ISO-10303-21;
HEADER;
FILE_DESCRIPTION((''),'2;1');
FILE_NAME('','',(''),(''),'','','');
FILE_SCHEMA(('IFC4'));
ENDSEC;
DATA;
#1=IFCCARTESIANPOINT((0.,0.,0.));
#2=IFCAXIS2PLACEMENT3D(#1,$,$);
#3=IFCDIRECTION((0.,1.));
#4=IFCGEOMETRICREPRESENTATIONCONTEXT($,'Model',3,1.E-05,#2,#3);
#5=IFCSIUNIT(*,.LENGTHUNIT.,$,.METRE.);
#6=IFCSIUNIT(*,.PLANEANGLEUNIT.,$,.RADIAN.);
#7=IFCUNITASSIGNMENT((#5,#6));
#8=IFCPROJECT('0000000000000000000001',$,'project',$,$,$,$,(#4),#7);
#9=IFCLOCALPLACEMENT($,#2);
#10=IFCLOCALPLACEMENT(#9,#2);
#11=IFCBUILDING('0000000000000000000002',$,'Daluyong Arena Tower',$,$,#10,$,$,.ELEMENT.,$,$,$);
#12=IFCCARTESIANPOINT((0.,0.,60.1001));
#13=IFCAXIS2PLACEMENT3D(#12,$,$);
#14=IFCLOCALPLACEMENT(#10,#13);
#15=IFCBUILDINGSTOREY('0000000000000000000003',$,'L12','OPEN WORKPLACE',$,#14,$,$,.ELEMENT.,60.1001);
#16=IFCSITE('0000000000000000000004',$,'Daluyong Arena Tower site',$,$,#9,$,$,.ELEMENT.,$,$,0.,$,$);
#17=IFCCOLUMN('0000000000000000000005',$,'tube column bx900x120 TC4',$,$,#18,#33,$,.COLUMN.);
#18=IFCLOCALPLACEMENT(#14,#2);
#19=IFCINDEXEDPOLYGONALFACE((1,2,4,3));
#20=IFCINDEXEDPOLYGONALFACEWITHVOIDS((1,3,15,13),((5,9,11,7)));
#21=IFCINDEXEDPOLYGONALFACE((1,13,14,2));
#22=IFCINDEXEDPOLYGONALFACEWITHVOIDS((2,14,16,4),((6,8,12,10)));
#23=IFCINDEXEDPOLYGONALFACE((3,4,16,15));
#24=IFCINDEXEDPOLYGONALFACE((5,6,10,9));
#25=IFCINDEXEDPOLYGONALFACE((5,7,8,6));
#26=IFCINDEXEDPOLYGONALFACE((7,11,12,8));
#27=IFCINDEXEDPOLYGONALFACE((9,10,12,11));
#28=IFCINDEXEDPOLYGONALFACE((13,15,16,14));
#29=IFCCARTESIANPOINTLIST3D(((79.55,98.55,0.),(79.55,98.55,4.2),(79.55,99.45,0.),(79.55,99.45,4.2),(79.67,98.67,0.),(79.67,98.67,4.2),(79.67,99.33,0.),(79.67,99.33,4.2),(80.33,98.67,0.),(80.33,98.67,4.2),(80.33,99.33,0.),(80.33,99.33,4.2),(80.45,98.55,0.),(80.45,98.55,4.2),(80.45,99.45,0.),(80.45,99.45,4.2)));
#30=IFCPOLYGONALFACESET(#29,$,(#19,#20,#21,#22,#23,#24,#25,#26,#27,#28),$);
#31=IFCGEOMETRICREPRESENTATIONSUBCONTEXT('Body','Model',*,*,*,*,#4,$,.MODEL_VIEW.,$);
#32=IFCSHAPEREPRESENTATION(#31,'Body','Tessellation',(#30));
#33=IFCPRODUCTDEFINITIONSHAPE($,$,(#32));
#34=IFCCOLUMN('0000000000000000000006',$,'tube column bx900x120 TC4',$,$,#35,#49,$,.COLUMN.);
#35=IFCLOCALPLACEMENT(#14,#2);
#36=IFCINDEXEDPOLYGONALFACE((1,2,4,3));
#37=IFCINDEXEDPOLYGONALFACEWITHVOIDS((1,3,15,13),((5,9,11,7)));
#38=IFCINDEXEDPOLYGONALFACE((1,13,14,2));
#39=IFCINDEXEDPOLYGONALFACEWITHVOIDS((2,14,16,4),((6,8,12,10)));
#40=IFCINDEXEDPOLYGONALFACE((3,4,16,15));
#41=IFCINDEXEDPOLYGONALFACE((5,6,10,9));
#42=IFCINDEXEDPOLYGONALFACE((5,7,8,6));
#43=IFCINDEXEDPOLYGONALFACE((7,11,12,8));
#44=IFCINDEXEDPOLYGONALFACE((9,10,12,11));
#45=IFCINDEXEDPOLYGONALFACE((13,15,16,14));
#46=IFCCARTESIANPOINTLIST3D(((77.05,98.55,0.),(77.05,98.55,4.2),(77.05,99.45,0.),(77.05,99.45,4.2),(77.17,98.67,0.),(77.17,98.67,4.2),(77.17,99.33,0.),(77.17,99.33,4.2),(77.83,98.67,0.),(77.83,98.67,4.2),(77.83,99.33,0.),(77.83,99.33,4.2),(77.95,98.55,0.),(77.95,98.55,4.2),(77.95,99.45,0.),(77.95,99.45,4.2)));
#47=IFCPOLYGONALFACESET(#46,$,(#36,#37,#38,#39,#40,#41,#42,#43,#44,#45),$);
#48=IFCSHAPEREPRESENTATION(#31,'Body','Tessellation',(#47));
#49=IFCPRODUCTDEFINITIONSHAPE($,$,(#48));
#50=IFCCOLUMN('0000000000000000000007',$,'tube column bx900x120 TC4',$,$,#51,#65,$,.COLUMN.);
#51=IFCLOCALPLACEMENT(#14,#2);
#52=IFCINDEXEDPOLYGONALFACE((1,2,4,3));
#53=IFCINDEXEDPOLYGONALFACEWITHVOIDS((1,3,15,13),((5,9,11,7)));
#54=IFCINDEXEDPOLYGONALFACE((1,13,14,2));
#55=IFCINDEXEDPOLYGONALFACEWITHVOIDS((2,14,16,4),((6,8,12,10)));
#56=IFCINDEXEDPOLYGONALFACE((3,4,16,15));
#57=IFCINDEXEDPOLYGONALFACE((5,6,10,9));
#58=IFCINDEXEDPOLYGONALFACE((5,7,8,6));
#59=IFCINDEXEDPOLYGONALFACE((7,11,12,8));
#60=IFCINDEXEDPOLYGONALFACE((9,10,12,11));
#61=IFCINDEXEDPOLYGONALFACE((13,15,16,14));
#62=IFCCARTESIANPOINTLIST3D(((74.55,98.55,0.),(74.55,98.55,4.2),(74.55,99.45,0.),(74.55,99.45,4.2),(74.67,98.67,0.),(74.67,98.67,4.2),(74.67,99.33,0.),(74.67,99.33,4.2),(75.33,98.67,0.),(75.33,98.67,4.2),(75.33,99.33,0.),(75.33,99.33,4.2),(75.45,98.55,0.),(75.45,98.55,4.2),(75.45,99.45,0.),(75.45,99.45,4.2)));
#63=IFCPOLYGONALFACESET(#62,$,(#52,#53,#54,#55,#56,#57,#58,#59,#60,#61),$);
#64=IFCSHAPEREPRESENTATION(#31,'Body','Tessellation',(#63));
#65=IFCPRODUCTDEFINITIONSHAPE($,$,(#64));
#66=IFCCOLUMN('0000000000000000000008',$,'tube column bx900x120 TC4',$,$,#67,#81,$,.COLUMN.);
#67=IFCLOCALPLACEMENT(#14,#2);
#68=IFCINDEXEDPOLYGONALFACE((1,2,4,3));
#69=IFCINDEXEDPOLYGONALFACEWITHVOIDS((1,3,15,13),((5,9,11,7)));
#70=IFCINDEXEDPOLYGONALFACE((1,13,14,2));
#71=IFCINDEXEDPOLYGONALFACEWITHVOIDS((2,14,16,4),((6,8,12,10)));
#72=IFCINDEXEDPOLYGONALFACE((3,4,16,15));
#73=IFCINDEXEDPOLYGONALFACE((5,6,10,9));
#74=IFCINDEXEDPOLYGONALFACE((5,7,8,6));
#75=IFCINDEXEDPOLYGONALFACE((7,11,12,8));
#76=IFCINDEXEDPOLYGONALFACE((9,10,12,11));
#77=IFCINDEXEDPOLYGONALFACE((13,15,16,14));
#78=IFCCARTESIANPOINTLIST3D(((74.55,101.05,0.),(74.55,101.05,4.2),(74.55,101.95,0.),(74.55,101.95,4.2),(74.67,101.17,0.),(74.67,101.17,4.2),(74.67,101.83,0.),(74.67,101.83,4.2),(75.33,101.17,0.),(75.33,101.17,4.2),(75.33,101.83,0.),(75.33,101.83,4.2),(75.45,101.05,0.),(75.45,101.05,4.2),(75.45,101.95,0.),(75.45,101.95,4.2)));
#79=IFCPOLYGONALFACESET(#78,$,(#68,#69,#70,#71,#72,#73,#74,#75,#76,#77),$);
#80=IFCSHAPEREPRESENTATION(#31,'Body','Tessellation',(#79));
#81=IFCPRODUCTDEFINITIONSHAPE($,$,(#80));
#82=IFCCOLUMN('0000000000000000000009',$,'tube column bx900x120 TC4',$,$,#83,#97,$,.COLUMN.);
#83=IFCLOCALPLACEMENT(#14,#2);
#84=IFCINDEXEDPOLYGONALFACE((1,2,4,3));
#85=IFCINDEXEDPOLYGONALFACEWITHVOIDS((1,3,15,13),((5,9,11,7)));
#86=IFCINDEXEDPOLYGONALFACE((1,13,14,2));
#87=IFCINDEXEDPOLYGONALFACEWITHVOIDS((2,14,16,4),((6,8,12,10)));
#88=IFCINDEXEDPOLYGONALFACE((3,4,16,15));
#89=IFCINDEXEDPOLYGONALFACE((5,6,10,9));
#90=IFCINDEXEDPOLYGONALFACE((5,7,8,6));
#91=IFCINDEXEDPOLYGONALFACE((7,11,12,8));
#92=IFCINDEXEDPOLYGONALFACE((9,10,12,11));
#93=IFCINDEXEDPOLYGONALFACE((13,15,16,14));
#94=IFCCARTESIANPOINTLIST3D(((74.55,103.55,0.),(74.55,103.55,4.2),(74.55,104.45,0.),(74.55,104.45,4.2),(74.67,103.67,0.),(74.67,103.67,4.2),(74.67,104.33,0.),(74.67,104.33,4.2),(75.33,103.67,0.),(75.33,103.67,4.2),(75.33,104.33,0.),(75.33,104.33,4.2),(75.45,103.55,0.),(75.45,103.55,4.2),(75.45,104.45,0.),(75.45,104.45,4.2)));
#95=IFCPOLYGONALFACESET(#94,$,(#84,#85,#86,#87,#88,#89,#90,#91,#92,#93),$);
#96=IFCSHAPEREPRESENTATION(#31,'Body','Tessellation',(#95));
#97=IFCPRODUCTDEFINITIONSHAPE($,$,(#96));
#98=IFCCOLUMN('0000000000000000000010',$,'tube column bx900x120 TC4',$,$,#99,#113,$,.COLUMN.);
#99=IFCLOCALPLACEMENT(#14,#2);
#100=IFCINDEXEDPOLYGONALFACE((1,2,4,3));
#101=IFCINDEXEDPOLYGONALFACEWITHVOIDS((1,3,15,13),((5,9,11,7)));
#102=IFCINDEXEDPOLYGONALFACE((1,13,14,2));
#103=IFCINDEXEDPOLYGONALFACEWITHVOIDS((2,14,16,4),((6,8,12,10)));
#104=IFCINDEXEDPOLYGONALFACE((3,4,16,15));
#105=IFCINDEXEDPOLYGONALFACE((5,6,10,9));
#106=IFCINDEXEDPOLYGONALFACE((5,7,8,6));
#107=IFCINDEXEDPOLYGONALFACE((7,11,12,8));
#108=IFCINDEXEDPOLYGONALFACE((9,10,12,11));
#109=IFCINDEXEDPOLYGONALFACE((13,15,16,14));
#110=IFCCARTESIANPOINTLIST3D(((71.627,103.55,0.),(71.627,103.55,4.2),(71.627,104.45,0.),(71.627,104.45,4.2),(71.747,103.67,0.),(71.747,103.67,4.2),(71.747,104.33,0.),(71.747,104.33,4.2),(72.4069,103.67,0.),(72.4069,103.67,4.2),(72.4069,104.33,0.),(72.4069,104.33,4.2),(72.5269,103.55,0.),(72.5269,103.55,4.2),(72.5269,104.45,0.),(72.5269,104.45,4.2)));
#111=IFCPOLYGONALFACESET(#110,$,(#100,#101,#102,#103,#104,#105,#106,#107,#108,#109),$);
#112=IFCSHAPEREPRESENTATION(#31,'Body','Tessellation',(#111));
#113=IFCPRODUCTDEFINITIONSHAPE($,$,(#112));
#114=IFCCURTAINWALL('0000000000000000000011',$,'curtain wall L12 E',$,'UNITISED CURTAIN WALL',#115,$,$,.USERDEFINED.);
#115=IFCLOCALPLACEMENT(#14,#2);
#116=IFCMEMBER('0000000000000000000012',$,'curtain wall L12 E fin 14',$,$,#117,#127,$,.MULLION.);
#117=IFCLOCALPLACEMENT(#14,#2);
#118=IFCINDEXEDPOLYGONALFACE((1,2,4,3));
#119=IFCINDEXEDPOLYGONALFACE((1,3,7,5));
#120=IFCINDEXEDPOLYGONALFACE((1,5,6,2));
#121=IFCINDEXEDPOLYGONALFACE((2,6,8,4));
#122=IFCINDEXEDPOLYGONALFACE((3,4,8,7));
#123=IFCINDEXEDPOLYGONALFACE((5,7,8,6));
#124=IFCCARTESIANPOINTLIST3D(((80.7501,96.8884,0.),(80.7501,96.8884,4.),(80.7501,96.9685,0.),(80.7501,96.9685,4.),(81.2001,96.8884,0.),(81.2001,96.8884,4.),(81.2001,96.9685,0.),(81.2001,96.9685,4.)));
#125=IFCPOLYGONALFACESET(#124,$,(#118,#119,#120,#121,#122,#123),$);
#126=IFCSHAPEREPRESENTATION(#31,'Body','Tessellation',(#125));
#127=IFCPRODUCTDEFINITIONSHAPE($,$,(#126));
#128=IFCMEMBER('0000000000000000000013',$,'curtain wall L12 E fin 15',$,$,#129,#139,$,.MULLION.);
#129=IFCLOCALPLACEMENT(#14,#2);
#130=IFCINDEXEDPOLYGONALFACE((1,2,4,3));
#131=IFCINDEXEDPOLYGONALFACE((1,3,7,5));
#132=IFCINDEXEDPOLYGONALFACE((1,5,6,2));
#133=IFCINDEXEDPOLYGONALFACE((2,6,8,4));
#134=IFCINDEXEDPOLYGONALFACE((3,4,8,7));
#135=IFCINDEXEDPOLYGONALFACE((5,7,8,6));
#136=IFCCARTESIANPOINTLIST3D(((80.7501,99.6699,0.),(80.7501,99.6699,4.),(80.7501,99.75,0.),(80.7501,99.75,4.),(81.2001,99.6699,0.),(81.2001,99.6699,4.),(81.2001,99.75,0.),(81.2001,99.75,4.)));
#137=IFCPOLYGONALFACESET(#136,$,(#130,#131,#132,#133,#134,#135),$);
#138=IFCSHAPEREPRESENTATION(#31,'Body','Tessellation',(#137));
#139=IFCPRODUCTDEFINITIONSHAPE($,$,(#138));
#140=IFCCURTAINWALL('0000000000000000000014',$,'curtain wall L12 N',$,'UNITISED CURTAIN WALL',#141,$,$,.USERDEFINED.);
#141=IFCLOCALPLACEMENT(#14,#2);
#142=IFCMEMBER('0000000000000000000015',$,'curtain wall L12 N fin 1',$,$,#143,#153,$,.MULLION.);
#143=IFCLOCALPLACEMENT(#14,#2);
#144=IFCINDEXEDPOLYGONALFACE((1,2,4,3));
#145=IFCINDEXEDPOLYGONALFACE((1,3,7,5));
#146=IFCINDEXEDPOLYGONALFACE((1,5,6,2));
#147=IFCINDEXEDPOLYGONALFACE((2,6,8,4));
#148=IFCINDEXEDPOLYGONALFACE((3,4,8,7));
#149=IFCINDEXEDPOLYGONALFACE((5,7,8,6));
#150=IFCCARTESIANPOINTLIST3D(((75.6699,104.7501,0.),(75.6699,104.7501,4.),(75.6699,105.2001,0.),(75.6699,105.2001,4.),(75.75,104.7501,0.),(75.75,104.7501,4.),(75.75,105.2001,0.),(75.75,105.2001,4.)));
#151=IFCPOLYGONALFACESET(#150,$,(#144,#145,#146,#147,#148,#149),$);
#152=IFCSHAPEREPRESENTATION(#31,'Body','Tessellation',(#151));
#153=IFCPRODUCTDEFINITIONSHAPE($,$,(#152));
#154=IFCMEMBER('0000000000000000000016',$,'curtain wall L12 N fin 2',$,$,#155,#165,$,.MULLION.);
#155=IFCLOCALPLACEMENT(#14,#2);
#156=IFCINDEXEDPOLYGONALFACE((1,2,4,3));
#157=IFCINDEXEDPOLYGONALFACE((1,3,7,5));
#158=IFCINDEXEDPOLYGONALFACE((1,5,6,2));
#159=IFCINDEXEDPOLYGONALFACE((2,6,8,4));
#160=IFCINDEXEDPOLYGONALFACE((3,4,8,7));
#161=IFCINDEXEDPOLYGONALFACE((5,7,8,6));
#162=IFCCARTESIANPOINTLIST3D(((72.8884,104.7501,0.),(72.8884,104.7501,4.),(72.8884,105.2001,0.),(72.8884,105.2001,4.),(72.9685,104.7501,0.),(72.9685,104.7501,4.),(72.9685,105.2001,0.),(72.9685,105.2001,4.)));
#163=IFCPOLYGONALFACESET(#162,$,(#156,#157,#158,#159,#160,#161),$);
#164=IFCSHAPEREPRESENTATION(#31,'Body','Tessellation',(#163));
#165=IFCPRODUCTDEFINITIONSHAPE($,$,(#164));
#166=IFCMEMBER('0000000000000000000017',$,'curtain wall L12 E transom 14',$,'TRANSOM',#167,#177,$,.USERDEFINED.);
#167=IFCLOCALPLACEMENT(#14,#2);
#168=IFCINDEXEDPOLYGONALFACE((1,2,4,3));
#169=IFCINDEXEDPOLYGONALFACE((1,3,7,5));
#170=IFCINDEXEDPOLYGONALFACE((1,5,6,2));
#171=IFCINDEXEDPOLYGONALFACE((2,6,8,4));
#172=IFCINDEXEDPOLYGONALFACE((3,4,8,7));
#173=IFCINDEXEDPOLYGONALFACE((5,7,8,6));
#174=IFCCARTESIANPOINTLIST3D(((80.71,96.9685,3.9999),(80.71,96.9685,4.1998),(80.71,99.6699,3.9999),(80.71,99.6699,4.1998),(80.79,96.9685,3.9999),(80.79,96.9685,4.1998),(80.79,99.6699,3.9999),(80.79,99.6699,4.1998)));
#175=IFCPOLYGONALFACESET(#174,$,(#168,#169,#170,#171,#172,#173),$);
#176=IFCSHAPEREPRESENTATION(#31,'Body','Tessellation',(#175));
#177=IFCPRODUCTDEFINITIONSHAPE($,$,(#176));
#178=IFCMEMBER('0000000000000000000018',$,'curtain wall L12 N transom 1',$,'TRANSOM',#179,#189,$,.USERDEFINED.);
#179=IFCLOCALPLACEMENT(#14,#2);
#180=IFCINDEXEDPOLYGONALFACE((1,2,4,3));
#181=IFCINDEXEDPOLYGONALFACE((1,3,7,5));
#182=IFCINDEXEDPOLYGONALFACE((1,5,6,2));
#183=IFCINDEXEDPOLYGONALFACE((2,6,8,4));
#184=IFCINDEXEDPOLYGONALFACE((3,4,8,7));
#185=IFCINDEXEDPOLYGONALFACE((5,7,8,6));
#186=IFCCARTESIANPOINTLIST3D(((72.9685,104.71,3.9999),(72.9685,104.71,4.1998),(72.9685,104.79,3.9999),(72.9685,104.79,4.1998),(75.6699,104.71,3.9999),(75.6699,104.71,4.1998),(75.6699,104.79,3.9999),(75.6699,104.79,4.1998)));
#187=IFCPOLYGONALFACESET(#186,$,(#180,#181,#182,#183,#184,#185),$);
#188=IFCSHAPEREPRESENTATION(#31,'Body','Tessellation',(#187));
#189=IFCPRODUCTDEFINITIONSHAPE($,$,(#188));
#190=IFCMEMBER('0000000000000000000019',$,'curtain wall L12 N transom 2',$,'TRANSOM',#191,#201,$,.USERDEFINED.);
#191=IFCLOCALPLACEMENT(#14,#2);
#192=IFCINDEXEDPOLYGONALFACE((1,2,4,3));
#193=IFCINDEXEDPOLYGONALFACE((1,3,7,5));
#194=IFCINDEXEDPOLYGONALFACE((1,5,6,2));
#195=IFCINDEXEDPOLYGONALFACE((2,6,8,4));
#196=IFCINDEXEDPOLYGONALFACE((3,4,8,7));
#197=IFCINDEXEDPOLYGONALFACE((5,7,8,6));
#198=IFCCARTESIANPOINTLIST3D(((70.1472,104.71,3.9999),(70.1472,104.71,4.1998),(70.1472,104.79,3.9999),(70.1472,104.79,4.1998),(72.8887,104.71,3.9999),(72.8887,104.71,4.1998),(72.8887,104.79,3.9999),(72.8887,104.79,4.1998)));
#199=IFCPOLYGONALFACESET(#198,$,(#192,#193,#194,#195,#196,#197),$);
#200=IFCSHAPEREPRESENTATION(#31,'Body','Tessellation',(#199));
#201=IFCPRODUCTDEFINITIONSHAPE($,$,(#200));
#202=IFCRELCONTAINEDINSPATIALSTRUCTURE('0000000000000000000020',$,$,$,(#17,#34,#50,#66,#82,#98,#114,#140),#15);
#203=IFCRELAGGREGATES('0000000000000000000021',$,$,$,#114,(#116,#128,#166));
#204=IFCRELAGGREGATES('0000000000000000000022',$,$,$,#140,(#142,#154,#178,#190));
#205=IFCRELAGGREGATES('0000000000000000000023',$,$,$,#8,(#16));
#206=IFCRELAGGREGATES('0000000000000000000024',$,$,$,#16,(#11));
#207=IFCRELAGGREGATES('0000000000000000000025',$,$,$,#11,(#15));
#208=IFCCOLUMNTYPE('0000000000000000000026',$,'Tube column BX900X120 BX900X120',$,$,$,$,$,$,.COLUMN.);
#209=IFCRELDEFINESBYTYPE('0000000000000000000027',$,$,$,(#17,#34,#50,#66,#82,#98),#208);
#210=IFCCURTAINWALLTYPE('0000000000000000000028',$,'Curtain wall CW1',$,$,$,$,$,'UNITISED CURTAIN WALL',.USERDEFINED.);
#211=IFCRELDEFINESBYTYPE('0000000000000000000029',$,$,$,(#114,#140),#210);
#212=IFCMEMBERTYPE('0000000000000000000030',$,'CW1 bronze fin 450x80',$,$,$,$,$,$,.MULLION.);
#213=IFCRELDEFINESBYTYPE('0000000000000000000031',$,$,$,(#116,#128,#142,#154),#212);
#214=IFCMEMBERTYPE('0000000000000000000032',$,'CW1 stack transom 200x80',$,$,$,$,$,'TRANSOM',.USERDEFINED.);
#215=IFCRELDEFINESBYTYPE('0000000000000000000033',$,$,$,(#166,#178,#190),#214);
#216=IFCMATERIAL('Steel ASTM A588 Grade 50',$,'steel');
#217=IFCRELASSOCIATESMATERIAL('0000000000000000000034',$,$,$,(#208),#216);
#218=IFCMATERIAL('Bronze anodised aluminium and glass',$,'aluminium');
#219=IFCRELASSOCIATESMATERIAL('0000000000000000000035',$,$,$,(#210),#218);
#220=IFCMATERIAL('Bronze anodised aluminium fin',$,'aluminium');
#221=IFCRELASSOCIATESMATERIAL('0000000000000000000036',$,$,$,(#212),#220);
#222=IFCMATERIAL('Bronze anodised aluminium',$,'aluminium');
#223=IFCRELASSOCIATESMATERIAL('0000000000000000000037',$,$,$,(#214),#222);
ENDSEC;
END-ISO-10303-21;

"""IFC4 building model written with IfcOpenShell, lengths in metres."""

from ifc_helpers import new_model, si_unit, direction, frame, origin, origin_2d, place, context, subcontext, project, spatial, rectangle, hollow_rectangle, extrude, material, material_profile, profile_set, type_object, element, aggregate, save


model = new_model("IFC4")

# Units and contexts
model_context = context("Model", 3, precision=1e-05, world=origin(), true_north=direction((0.0, 1.0)))
body_context = subcontext(model_context, "Body", "Model", "MODEL_VIEW")
ifc_project = project(units=[si_unit("LENGTHUNIT", "METRE"), si_unit("PLANEANGLEUNIT", "RADIAN")], contexts=[model_context])

# Site, building, storey
site_placement = place(None, origin())
site = spatial("IfcSite", under=ifc_project, at=site_placement, Name="Daluyong Arena Tower site", CompositionType="ELEMENT", RefElevation=0.0)
building_placement = place(site_placement, origin())
building = spatial("IfcBuilding", under=site, at=building_placement, Name="Daluyong Arena Tower", CompositionType="ELEMENT")
storey_placement = place(building_placement, frame((0.0, 0.0, 60.1001)))
storey = spatial("IfcBuildingStorey", under=building, at=storey_placement, Name="L12", Description="OPEN WORKPLACE", CompositionType="ELEMENT", Elevation=60.1001)

# Columns
ifc_material_1 = material(Name="Steel ASTM A588 Grade 50", Category="steel")
ifc_material_profile_1 = material_profile(ifc_material_1, hollow_rectangle(XDim=0.8999, YDim=0.8999, WallThickness=0.12, at=origin_2d()))
ifc_profile_set_1 = profile_set([ifc_material_profile_1], Name="Steel ASTM A588 Grade 50")
column_type = type_object("IfcColumnType", Name="Tube column BX900X120 BX900X120", PredefinedType="COLUMN", material=ifc_profile_set_1)
for number, where, z_axis, x_axis, name in (
    (1, (80.0, 99.0, 0.0), (0.0, 0.0, 1.0), (1.0, 0.0, 0.0), "tube column bx900x120 TC4"),
    (2, (77.5, 99.0, 0.0), (0.0, 0.0, 1.0), (1.0, 0.0, 0.0), "tube column bx900x120 TC4"),
    (3, (75.0, 99.0, 0.0), (0.0, 0.0, 1.0), (0.0, 1.0, 0.0), "tube column bx900x120 TC4"),
    (4, (75.0, 101.5, 0.0), (0.0, 0.0, 1.0), (0.0, 1.0, 0.0), "tube column bx900x120 TC4"),
    (5, (75.0, 104.0, 0.0), (0.0, 0.0, 1.0), (1.0, 0.0, 0.0), "tube column bx900x120 TC4"),
    (6, (72.0769, 104.0, 0.0), (0.0, 0.0, 1.0), (1.0, 0.0, 0.0), "tube column bx900x120 TC4"),
):
    element("IfcColumn", number, at=place(storey_placement, frame(where, z_axis=z_axis, x_axis=x_axis)), inside=storey, type_object=column_type, Name=name, PredefinedType="COLUMN", context=body_context, shape_type="SweptSolid", body=[
        extrude(hollow_rectangle(XDim=0.8999, YDim=0.8999, WallThickness=0.12, at=origin_2d()), origin(), (0.0, 0.0, 1.0), 4.2),
    ])

# Curtain walls, members
ifc_material_2 = material(Name="Bronze anodised aluminium and glass", Category="aluminium")
curtain_wall_type_1 = type_object("IfcCurtainWallType", Name="Curtain wall CW1", ElementType="UNITISED CURTAIN WALL", PredefinedType="USERDEFINED", material=ifc_material_2)
curtain_wall_1_placement = place(storey_placement, origin())
curtain_wall_1 = element("IfcCurtainWall", 7, at=curtain_wall_1_placement, inside=storey, type_object=curtain_wall_type_1, Name="curtain wall L12 E", ObjectType="UNITISED CURTAIN WALL", PredefinedType="USERDEFINED")
ifc_material_3 = material(Name="Bronze anodised aluminium fin", Category="aluminium")
ifc_material_profile_2 = material_profile(ifc_material_3, rectangle(XDim=0.45, YDim=0.0801, at=origin_2d()))
ifc_profile_set_2 = profile_set([ifc_material_profile_2], Name="Bronze anodised aluminium fin")
member_type_1 = type_object("IfcMemberType", Name="CW1 bronze fin 450x80", PredefinedType="MULLION", material=ifc_profile_set_2)
member_1_placement = place(storey_placement, frame((80.9751, 96.9285, 0.0), z_axis=(0.0, 0.0, 1.0), x_axis=(-1.0, 0.0, 0.0)))
member_1 = element("IfcMember", 8, at=member_1_placement, type_object=member_type_1, Name="curtain wall L12 E fin 14", PredefinedType="MULLION", context=body_context, shape_type="SweptSolid", body=[
    extrude(rectangle(XDim=0.45, YDim=0.0801, at=origin_2d()), origin(), (0.0, 0.0, 1.0), 4.0),
])
member_2_placement = place(storey_placement, frame((80.9751, 99.71, 0.0), z_axis=(0.0, 0.0, 1.0), x_axis=(-1.0, 0.0, 0.0)))
member_2 = element("IfcMember", 9, at=member_2_placement, type_object=member_type_1, Name="curtain wall L12 E fin 15", PredefinedType="MULLION", context=body_context, shape_type="SweptSolid", body=[
    extrude(rectangle(XDim=0.45, YDim=0.0801, at=origin_2d()), origin(), (0.0, 0.0, 1.0), 4.0),
])
curtain_wall_2_placement = place(storey_placement, origin())
curtain_wall_2 = element("IfcCurtainWall", 10, at=curtain_wall_2_placement, inside=storey, type_object=curtain_wall_type_1, Name="curtain wall L12 N", ObjectType="UNITISED CURTAIN WALL", PredefinedType="USERDEFINED")
member_3_placement = place(storey_placement, frame((75.71, 104.9751, 0.0), z_axis=(0.0, 0.0, 1.0), x_axis=(0.0, -1.0, 0.0)))
member_3 = element("IfcMember", 11, at=member_3_placement, type_object=member_type_1, Name="curtain wall L12 N fin 1", PredefinedType="MULLION", context=body_context, shape_type="SweptSolid", body=[
    extrude(rectangle(XDim=0.45, YDim=0.0801, at=origin_2d()), origin(), (0.0, 0.0, 1.0), 4.0),
])
member_4_placement = place(storey_placement, frame((72.9285, 104.9751, 0.0), z_axis=(0.0, 0.0, 1.0), x_axis=(0.0, -1.0, 0.0)))
member_4 = element("IfcMember", 12, at=member_4_placement, type_object=member_type_1, Name="curtain wall L12 N fin 2", PredefinedType="MULLION", context=body_context, shape_type="SweptSolid", body=[
    extrude(rectangle(XDim=0.45, YDim=0.0801, at=origin_2d()), origin(), (0.0, 0.0, 1.0), 4.0),
])

# Members
ifc_material_4 = material(Name="Bronze anodised aluminium", Category="aluminium")
ifc_material_profile_3 = material_profile(ifc_material_4, rectangle(XDim=0.0801, YDim=0.2, at=origin_2d()))
ifc_profile_set_3 = profile_set([ifc_material_profile_3], Name="Bronze anodised aluminium")
member_type_2 = type_object("IfcMemberType", Name="CW1 stack transom 200x80", ElementType="TRANSOM", PredefinedType="USERDEFINED", material=ifc_profile_set_3)
member_5_placement = place(storey_placement, frame((80.75, 96.9685, 4.0999), z_axis=(0.0, 1.0, 0.0), x_axis=(-1.0, 0.0, 0.0)))
member_5 = element("IfcMember", 13, at=member_5_placement, type_object=member_type_2, Name="curtain wall L12 E transom 14", ObjectType="TRANSOM", PredefinedType="USERDEFINED", context=body_context, shape_type="SweptSolid", body=[
    extrude(rectangle(XDim=0.0801, YDim=0.2, at=origin_2d()), origin(), (0.0, 0.0, 1.0), 2.7014),
])
member_6_placement = place(storey_placement, frame((75.6699, 104.75, 4.0999), z_axis=(-1.0, 0.0, 0.0), x_axis=(0.0, -1.0, 0.0)))
member_6 = element("IfcMember", 14, at=member_6_placement, type_object=member_type_2, Name="curtain wall L12 N transom 1", ObjectType="TRANSOM", PredefinedType="USERDEFINED", context=body_context, shape_type="SweptSolid", body=[
    extrude(rectangle(XDim=0.0801, YDim=0.2, at=origin_2d()), origin(), (0.0, 0.0, 1.0), 2.7014),
])
member_7_placement = place(storey_placement, frame((72.8887, 104.75, 4.0999), z_axis=(-1.0, 0.0, 0.0), x_axis=(0.0, -1.0, 0.0)))
member_7 = element("IfcMember", 15, at=member_7_placement, type_object=member_type_2, Name="curtain wall L12 N transom 2", ObjectType="TRANSOM", PredefinedType="USERDEFINED", context=body_context, shape_type="SweptSolid", body=[
    extrude(rectangle(XDim=0.0801, YDim=0.2, at=origin_2d()), origin(), (0.0, 0.0, 1.0), 2.7415),
])

aggregate(curtain_wall_1, [member_1, member_2, member_5])
aggregate(curtain_wall_2, [member_3, member_4, member_6, member_7])

save(model, "model.ifc")
